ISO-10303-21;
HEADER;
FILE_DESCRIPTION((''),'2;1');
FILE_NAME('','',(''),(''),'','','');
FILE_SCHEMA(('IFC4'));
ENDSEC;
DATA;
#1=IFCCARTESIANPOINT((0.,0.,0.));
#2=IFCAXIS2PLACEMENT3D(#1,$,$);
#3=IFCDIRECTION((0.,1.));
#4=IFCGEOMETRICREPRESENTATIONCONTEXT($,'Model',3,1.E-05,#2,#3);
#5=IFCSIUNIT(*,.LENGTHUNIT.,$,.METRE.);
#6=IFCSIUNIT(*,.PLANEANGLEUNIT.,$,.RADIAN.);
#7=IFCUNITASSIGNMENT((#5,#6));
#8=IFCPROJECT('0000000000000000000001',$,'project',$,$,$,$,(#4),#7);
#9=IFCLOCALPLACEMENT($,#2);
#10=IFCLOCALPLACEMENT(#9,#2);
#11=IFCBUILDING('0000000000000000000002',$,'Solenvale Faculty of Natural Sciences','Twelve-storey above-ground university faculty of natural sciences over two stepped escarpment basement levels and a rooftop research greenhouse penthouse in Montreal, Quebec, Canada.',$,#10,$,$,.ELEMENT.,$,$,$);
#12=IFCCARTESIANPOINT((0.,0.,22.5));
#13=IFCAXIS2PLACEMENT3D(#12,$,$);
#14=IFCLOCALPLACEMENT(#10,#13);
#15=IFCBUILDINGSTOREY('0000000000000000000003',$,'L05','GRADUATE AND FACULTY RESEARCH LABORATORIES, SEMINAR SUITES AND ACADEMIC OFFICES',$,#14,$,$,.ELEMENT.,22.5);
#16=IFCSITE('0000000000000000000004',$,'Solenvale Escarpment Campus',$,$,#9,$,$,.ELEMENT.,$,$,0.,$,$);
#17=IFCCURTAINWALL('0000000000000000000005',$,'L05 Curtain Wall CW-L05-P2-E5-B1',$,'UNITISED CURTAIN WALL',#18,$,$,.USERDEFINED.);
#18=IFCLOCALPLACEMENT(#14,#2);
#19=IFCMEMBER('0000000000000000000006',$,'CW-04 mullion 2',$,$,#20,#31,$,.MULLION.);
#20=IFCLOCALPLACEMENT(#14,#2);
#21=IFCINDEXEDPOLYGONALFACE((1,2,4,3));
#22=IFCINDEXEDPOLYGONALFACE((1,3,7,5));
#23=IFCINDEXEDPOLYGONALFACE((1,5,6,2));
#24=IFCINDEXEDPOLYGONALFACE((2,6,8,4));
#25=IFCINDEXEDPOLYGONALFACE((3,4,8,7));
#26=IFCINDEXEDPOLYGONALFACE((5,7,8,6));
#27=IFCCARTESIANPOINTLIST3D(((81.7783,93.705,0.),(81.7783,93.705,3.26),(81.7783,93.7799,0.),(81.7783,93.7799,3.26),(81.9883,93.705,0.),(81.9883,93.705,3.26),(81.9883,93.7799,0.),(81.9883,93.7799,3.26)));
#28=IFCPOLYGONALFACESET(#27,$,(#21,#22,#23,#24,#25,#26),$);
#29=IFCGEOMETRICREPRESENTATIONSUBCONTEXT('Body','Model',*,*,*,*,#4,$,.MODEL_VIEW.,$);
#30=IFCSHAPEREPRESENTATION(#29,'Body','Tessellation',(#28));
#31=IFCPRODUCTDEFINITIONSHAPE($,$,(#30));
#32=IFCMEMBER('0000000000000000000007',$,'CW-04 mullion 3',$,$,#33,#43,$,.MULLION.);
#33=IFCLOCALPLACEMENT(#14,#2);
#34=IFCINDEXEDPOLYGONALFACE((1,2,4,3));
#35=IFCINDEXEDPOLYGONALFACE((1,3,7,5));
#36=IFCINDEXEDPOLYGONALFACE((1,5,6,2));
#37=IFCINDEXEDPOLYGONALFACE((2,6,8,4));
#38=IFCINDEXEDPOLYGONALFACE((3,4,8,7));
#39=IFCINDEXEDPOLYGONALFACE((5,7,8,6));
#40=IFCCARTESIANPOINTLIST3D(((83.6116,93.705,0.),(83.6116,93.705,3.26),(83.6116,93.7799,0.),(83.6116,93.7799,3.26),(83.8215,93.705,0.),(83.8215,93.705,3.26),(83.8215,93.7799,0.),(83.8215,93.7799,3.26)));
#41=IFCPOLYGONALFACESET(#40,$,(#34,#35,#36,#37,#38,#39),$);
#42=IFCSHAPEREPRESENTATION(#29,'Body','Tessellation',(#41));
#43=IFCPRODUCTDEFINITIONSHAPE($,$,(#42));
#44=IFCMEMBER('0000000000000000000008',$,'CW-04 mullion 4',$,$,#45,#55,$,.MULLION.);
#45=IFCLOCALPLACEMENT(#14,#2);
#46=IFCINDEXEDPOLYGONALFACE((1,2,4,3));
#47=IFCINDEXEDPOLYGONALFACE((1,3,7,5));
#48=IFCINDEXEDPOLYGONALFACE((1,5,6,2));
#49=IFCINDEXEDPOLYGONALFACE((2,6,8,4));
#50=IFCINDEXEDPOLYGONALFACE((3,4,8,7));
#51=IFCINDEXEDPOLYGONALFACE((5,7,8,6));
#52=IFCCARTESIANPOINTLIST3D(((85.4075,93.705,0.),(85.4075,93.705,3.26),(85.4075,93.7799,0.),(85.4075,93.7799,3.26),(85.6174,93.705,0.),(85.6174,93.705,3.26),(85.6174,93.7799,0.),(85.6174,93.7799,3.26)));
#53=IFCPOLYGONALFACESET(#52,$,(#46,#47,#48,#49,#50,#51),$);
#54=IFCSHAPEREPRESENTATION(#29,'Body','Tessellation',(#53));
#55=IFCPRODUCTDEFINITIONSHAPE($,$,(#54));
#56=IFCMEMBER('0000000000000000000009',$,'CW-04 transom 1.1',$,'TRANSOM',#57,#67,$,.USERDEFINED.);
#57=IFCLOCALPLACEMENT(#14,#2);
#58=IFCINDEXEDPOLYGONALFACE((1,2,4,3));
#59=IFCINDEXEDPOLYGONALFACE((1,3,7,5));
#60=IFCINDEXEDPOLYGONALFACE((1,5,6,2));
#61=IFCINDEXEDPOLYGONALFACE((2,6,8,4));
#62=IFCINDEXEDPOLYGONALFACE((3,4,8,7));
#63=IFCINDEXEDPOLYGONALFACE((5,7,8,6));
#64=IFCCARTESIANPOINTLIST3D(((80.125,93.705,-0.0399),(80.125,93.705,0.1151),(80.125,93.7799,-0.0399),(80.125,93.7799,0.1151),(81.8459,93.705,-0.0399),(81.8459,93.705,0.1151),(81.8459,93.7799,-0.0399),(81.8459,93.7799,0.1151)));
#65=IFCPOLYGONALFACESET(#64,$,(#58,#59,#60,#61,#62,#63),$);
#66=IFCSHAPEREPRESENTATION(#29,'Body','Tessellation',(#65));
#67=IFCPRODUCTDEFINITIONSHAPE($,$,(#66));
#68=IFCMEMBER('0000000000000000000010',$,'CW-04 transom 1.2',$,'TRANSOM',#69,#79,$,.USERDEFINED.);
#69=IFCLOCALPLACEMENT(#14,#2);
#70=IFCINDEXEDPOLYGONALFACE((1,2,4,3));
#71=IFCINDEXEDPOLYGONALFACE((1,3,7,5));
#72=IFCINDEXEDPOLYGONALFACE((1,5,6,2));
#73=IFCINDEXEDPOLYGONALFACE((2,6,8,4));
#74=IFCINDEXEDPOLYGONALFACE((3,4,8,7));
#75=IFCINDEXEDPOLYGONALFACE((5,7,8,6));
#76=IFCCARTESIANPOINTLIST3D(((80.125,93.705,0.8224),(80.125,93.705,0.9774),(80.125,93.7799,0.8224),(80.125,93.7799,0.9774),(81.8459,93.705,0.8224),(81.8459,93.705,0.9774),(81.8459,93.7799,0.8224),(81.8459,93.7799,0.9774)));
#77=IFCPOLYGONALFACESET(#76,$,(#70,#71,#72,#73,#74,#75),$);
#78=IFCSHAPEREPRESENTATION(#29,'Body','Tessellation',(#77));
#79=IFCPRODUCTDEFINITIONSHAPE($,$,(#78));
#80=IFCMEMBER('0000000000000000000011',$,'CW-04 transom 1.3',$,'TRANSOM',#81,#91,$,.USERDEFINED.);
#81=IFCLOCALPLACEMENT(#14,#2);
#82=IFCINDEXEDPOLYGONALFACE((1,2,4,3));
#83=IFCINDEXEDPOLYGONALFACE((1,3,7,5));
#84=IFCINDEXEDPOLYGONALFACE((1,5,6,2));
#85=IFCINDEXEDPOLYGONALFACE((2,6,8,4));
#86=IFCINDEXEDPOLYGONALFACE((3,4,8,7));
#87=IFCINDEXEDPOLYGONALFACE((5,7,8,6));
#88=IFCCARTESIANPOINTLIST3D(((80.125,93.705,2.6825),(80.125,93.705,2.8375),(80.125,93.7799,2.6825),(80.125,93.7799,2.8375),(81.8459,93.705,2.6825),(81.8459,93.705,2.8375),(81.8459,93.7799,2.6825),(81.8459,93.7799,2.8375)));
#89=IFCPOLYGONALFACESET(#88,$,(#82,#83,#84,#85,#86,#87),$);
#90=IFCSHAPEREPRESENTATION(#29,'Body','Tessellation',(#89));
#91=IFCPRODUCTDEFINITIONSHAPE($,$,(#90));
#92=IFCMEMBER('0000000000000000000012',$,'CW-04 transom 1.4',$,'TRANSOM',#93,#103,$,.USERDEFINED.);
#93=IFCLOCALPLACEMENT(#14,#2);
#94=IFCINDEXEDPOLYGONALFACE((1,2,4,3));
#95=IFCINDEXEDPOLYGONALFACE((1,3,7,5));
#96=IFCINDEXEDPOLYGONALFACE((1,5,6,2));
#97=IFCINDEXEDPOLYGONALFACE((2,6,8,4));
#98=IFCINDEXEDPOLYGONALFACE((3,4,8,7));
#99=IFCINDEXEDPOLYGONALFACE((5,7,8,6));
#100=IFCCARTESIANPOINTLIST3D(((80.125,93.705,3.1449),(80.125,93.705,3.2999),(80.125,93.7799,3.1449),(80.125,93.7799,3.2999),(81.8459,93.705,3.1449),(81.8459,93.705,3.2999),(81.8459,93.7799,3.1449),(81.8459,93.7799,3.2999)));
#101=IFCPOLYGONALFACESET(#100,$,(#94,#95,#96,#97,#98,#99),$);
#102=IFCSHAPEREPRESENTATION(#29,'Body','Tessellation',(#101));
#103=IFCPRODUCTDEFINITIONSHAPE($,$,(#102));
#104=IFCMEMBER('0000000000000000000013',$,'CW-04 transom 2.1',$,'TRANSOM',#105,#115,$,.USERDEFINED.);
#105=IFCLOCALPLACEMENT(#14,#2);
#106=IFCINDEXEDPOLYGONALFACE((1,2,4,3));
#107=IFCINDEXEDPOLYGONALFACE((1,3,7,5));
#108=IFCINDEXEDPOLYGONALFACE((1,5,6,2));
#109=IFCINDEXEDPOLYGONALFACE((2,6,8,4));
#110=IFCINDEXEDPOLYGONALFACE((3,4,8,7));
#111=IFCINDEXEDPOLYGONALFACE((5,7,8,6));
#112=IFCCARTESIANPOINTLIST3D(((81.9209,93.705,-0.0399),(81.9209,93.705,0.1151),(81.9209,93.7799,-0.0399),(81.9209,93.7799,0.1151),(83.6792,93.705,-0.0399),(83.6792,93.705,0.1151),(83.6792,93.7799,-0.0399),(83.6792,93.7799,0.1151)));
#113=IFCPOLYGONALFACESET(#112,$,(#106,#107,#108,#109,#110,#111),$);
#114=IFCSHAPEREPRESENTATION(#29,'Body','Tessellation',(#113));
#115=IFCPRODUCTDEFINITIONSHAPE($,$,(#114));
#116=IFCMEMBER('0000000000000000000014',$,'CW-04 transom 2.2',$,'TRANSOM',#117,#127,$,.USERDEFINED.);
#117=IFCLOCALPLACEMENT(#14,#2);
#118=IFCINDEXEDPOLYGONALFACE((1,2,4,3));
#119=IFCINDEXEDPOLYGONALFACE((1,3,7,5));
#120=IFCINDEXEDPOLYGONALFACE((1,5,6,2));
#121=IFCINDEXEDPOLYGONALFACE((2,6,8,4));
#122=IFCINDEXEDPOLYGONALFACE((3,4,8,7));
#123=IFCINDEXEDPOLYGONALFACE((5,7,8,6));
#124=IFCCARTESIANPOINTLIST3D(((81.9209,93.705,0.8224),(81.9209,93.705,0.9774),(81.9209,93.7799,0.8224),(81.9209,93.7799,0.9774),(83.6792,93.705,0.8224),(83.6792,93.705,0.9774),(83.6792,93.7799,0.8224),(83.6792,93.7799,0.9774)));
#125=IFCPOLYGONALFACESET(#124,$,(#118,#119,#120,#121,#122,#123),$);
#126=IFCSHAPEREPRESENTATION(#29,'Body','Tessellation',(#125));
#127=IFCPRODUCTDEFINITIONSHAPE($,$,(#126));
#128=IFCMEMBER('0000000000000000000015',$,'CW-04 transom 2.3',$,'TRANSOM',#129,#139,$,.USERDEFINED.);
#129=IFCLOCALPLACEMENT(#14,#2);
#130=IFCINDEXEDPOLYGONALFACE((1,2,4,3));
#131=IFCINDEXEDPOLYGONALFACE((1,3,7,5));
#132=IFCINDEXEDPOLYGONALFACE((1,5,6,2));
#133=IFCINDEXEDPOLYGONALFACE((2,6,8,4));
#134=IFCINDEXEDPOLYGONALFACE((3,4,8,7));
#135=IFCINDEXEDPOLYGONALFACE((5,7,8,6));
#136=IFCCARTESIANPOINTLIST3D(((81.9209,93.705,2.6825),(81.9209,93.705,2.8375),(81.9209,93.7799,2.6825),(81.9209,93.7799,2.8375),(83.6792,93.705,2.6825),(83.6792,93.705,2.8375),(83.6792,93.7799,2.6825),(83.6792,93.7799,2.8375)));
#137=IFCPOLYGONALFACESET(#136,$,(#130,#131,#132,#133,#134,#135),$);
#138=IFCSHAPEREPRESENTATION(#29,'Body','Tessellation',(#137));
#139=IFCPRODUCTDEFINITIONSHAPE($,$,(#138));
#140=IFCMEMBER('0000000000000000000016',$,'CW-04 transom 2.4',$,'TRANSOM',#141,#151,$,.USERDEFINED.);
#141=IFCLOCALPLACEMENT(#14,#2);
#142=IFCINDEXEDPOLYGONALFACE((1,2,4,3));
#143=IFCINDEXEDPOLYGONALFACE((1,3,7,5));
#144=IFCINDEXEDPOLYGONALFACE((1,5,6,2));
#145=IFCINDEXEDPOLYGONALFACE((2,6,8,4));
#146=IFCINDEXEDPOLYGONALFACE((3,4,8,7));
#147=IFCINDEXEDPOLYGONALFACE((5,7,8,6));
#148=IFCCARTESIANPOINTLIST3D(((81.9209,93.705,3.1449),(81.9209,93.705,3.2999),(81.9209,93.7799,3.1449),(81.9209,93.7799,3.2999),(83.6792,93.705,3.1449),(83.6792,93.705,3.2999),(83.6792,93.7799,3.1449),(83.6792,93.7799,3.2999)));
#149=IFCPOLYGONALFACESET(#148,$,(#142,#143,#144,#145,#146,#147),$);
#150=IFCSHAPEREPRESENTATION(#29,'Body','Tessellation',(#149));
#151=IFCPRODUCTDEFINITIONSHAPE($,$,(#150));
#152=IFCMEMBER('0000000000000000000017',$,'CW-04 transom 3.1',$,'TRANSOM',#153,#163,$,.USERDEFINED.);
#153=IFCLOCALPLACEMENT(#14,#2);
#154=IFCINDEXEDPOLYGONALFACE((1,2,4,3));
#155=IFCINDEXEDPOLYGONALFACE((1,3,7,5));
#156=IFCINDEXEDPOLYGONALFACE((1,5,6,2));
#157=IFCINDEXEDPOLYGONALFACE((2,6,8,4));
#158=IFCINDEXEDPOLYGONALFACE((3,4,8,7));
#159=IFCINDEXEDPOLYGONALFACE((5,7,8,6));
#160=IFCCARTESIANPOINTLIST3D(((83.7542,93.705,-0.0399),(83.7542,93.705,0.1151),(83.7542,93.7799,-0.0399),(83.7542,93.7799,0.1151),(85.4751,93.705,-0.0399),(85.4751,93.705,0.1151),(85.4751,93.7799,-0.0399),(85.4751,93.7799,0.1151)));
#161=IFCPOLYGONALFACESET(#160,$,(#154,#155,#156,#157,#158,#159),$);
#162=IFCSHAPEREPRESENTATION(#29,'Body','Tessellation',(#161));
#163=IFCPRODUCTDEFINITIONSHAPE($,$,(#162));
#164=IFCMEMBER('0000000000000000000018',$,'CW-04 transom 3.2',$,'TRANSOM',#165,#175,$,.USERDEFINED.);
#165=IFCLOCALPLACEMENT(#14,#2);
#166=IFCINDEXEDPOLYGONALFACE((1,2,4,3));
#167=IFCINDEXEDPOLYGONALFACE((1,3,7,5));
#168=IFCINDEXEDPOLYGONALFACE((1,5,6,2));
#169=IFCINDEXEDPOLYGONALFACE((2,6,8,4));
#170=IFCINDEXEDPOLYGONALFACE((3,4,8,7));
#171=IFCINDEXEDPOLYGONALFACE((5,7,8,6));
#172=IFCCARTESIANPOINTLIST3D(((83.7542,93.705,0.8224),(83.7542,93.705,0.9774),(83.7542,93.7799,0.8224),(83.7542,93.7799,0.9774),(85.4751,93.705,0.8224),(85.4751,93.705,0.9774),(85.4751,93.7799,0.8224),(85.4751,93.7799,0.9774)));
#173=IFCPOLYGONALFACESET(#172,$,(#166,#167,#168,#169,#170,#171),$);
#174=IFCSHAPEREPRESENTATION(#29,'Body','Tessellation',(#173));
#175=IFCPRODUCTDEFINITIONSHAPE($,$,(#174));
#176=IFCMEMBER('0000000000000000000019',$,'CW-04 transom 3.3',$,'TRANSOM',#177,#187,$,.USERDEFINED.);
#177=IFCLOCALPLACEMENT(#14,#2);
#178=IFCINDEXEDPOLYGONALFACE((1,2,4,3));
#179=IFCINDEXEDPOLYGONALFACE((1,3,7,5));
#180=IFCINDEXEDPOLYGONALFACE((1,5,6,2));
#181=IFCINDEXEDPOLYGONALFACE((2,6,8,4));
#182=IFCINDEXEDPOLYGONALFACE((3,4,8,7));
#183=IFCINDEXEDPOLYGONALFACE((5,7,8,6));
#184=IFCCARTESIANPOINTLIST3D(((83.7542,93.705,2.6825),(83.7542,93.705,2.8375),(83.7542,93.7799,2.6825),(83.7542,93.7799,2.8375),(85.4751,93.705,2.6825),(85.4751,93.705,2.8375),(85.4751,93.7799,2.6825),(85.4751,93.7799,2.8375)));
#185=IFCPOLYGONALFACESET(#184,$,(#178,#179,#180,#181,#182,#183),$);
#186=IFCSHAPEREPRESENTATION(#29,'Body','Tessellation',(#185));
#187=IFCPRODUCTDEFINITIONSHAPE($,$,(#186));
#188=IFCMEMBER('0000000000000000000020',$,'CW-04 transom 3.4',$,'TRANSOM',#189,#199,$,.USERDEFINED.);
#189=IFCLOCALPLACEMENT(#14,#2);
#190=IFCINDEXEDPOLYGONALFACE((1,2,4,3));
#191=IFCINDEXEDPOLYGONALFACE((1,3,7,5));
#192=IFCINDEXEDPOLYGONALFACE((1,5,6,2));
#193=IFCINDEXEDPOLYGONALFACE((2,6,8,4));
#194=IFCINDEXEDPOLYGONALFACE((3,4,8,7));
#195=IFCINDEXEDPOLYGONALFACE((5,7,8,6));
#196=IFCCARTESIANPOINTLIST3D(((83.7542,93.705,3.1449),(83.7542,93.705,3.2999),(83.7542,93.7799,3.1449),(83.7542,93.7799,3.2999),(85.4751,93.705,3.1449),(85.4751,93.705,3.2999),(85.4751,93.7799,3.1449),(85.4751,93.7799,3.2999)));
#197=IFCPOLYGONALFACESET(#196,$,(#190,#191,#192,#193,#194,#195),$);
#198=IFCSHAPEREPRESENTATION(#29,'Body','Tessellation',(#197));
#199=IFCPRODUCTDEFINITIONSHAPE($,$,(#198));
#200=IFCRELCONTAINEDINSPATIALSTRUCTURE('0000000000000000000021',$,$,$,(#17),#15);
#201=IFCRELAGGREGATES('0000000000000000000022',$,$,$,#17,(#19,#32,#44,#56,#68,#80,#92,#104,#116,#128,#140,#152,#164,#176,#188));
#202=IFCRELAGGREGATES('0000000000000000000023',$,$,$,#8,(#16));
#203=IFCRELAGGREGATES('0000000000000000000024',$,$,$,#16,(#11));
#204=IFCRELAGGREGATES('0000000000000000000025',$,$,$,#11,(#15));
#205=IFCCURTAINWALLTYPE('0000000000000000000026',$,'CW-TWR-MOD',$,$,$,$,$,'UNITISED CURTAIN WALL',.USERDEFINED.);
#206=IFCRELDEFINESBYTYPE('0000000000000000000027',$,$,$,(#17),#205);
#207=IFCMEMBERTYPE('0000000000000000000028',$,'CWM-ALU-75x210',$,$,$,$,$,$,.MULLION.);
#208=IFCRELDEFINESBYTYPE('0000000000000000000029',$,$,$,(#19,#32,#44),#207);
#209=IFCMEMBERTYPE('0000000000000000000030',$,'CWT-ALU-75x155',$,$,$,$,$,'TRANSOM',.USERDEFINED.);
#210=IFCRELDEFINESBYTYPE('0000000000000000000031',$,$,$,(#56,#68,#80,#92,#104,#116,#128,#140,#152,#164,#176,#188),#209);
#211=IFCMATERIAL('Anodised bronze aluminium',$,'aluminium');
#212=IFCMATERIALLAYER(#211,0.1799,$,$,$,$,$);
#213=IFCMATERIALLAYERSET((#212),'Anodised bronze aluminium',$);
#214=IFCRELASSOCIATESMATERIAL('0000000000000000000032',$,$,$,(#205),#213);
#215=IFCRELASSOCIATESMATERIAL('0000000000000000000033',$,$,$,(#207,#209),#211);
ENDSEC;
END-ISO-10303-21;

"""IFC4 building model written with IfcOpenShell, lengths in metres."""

from ifc_helpers import new_model, si_unit, direction, frame, origin, origin_2d, place, context, subcontext, project, spatial, rectangle, extrude, material, layer, layer_set, material_profile, profile_set, type_object, element, aggregate, save


model = new_model("IFC4")

# Units and contexts
model_context = context("Model", 3, precision=1e-05, world=origin(), true_north=direction((0.0, 1.0)))
body_context = subcontext(model_context, "Body", "Model", "MODEL_VIEW")
ifc_project = project(units=[si_unit("LENGTHUNIT", "METRE"), si_unit("PLANEANGLEUNIT", "RADIAN")], contexts=[model_context])

# Site, building, storey
site_placement = place(None, origin())
site = spatial("IfcSite", under=ifc_project, at=site_placement, Name="Solenvale Escarpment Campus", CompositionType="ELEMENT", RefElevation=0.0)
building_placement = place(site_placement, origin())
building = spatial("IfcBuilding", under=site, at=building_placement, Name="Solenvale Faculty of Natural Sciences", Description="Twelve-storey above-ground university faculty of natural sciences over two stepped escarpment basement levels and a rooftop research greenhouse penthouse in Montreal, Quebec, Canada.", CompositionType="ELEMENT")
storey_placement = place(building_placement, frame((0.0, 0.0, 22.5)))
storey = spatial("IfcBuildingStorey", under=building, at=storey_placement, Name="L05", Description="GRADUATE AND FACULTY RESEARCH LABORATORIES, SEMINAR SUITES AND ACADEMIC OFFICES", CompositionType="ELEMENT", Elevation=22.5)

# Curtain wall, members
ifc_material_1 = material(Name="Anodised bronze aluminium", Category="aluminium")
ifc_layer_1 = layer(ifc_material_1, 0.1799)
ifc_layer_set_1 = layer_set([ifc_layer_1], Name="Anodised bronze aluminium")
curtain_wall_type = type_object("IfcCurtainWallType", Name="CW-TWR-MOD", ElementType="UNITISED CURTAIN WALL", PredefinedType="USERDEFINED", material=ifc_layer_set_1)
curtain_wall_placement = place(storey_placement, origin())
curtain_wall = element("IfcCurtainWall", 1, at=curtain_wall_placement, inside=storey, type_object=curtain_wall_type, Name="L05 Curtain Wall CW-L05-P2-E5-B1", ObjectType="UNITISED CURTAIN WALL", PredefinedType="USERDEFINED")
ifc_material_profile_1 = material_profile(ifc_material_1, rectangle(XDim=0.075, YDim=0.21, at=origin_2d()), Name="ALU-MUL-75x210")
ifc_profile_set_1 = profile_set([ifc_material_profile_1], Name="Anodised bronze aluminium")
member_type_1 = type_object("IfcMemberType", Name="CWM-ALU-75x210", PredefinedType="MULLION", material=ifc_profile_set_1)
member_1_placement = place(storey_placement, frame((81.8833, 93.7424, 0.0), z_axis=(0.0, 0.0, 1.0), x_axis=(0.0, 1.0, 0.0)))
member_1 = element("IfcMember", 2, at=member_1_placement, type_object=member_type_1, Name="CW-04 mullion 2", PredefinedType="MULLION", context=body_context, shape_type="SweptSolid", body=[
    extrude(rectangle(XDim=0.075, YDim=0.21, at=origin_2d()), origin(), (0.0, 0.0, 1.0), 3.26),
])
member_2_placement = place(storey_placement, frame((83.7166, 93.7424, 0.0), z_axis=(0.0, 0.0, 1.0), x_axis=(0.0, 1.0, 0.0)))
member_2 = element("IfcMember", 3, at=member_2_placement, type_object=member_type_1, Name="CW-04 mullion 3", PredefinedType="MULLION", context=body_context, shape_type="SweptSolid", body=[
    extrude(rectangle(XDim=0.075, YDim=0.21, at=origin_2d()), origin(), (0.0, 0.0, 1.0), 3.26),
])
member_3_placement = place(storey_placement, frame((85.5125, 93.7424, 0.0), z_axis=(0.0, 0.0, 1.0), x_axis=(0.0, 1.0, 0.0)))
member_3 = element("IfcMember", 4, at=member_3_placement, type_object=member_type_1, Name="CW-04 mullion 4", PredefinedType="MULLION", context=body_context, shape_type="SweptSolid", body=[
    extrude(rectangle(XDim=0.075, YDim=0.21, at=origin_2d()), origin(), (0.0, 0.0, 1.0), 3.26),
])
ifc_material_profile_2 = material_profile(ifc_material_1, rectangle(XDim=0.075, YDim=0.155, at=origin_2d()), Name="ALU-TRN-75x155")
ifc_profile_set_2 = profile_set([ifc_material_profile_2], Name="Anodised bronze aluminium")
member_type_2 = type_object("IfcMemberType", Name="CWT-ALU-75x155", ElementType="TRANSOM", PredefinedType="USERDEFINED", material=ifc_profile_set_2)
member_4_placement = place(storey_placement, frame((80.125, 93.7424, 0.0376), z_axis=(1.0, 0.0, 0.0), x_axis=(0.0, 1.0, 0.0)))
member_4 = element("IfcMember", 5, at=member_4_placement, type_object=member_type_2, Name="CW-04 transom 1.1", ObjectType="TRANSOM", PredefinedType="USERDEFINED", context=body_context, shape_type="SweptSolid", body=[
    extrude(rectangle(XDim=0.075, YDim=0.155, at=origin_2d()), origin(), (0.0, 0.0, 1.0), 1.7209),
])
member_5_placement = place(storey_placement, frame((80.125, 93.7424, 0.8999), z_axis=(1.0, 0.0, 0.0), x_axis=(0.0, 1.0, 0.0)))
member_5 = element("IfcMember", 6, at=member_5_placement, type_object=member_type_2, Name="CW-04 transom 1.2", ObjectType="TRANSOM", PredefinedType="USERDEFINED", context=body_context, shape_type="SweptSolid", body=[
    extrude(rectangle(XDim=0.075, YDim=0.155, at=origin_2d()), origin(), (0.0, 0.0, 1.0), 1.7209),
])
member_6_placement = place(storey_placement, frame((80.125, 93.7424, 2.76), z_axis=(1.0, 0.0, 0.0), x_axis=(0.0, 1.0, 0.0)))
member_6 = element("IfcMember", 7, at=member_6_placement, type_object=member_type_2, Name="CW-04 transom 1.3", ObjectType="TRANSOM", PredefinedType="USERDEFINED", context=body_context, shape_type="SweptSolid", body=[
    extrude(rectangle(XDim=0.075, YDim=0.155, at=origin_2d()), origin(), (0.0, 0.0, 1.0), 1.7209),
])
member_7_placement = place(storey_placement, frame((80.125, 93.7424, 3.2224), z_axis=(1.0, 0.0, 0.0), x_axis=(0.0, 1.0, 0.0)))
member_7 = element("IfcMember", 8, at=member_7_placement, type_object=member_type_2, Name="CW-04 transom 1.4", ObjectType="TRANSOM", PredefinedType="USERDEFINED", context=body_context, shape_type="SweptSolid", body=[
    extrude(rectangle(XDim=0.075, YDim=0.155, at=origin_2d()), origin(), (0.0, 0.0, 1.0), 1.7209),
])
member_8_placement = place(storey_placement, frame((81.9209, 93.7424, 0.0376), z_axis=(1.0, 0.0, 0.0), x_axis=(0.0, 1.0, 0.0)))
member_8 = element("IfcMember", 9, at=member_8_placement, type_object=member_type_2, Name="CW-04 transom 2.1", ObjectType="TRANSOM", PredefinedType="USERDEFINED", context=body_context, shape_type="SweptSolid", body=[
    extrude(rectangle(XDim=0.075, YDim=0.155, at=origin_2d()), origin(), (0.0, 0.0, 1.0), 1.7583),
])
member_9_placement = place(storey_placement, frame((81.9209, 93.7424, 0.8999), z_axis=(1.0, 0.0, 0.0), x_axis=(0.0, 1.0, 0.0)))
member_9 = element("IfcMember", 10, at=member_9_placement, type_object=member_type_2, Name="CW-04 transom 2.2", ObjectType="TRANSOM", PredefinedType="USERDEFINED", context=body_context, shape_type="SweptSolid", body=[
    extrude(rectangle(XDim=0.075, YDim=0.155, at=origin_2d()), origin(), (0.0, 0.0, 1.0), 1.7583),
])
member_10_placement = place(storey_placement, frame((81.9209, 93.7424, 2.76), z_axis=(1.0, 0.0, 0.0), x_axis=(0.0, 1.0, 0.0)))
member_10 = element("IfcMember", 11, at=member_10_placement, type_object=member_type_2, Name="CW-04 transom 2.3", ObjectType="TRANSOM", PredefinedType="USERDEFINED", context=body_context, shape_type="SweptSolid", body=[
    extrude(rectangle(XDim=0.075, YDim=0.155, at=origin_2d()), origin(), (0.0, 0.0, 1.0), 1.7583),
])
member_11_placement = place(storey_placement, frame((81.9209, 93.7424, 3.2224), z_axis=(1.0, 0.0, 0.0), x_axis=(0.0, 1.0, 0.0)))
member_11 = element("IfcMember", 12, at=member_11_placement, type_object=member_type_2, Name="CW-04 transom 2.4", ObjectType="TRANSOM", PredefinedType="USERDEFINED", context=body_context, shape_type="SweptSolid", body=[
    extrude(rectangle(XDim=0.075, YDim=0.155, at=origin_2d()), origin(), (0.0, 0.0, 1.0), 1.7583),
])
member_12_placement = place(storey_placement, frame((83.7542, 93.7424, 0.0376), z_axis=(1.0, 0.0, 0.0), x_axis=(0.0, 1.0, 0.0)))
member_12 = element("IfcMember", 13, at=member_12_placement, type_object=member_type_2, Name="CW-04 transom 3.1", ObjectType="TRANSOM", PredefinedType="USERDEFINED", context=body_context, shape_type="SweptSolid", body=[
    extrude(rectangle(XDim=0.075, YDim=0.155, at=origin_2d()), origin(), (0.0, 0.0, 1.0), 1.7209),
])
member_13_placement = place(storey_placement, frame((83.7542, 93.7424, 0.8999), z_axis=(1.0, 0.0, 0.0), x_axis=(0.0, 1.0, 0.0)))
member_13 = element("IfcMember", 14, at=member_13_placement, type_object=member_type_2, Name="CW-04 transom 3.2", ObjectType="TRANSOM", PredefinedType="USERDEFINED", context=body_context, shape_type="SweptSolid", body=[
    extrude(rectangle(XDim=0.075, YDim=0.155, at=origin_2d()), origin(), (0.0, 0.0, 1.0), 1.7209),
])
member_14_placement = place(storey_placement, frame((83.7542, 93.7424, 2.76), z_axis=(1.0, 0.0, 0.0), x_axis=(0.0, 1.0, 0.0)))
member_14 = element("IfcMember", 15, at=member_14_placement, type_object=member_type_2, Name="CW-04 transom 3.3", ObjectType="TRANSOM", PredefinedType="USERDEFINED", context=body_context, shape_type="SweptSolid", body=[
    extrude(rectangle(XDim=0.075, YDim=0.155, at=origin_2d()), origin(), (0.0, 0.0, 1.0), 1.7209),
])
member_15_placement = place(storey_placement, frame((83.7542, 93.7424, 3.2224), z_axis=(1.0, 0.0, 0.0), x_axis=(0.0, 1.0, 0.0)))
member_15 = element("IfcMember", 16, at=member_15_placement, type_object=member_type_2, Name="CW-04 transom 3.4", ObjectType="TRANSOM", PredefinedType="USERDEFINED", context=body_context, shape_type="SweptSolid", body=[
    extrude(rectangle(XDim=0.075, YDim=0.155, at=origin_2d()), origin(), (0.0, 0.0, 1.0), 1.7209),
])

aggregate(curtain_wall, [member_1, member_2, member_3, member_4, member_5, member_6, member_7, member_8, member_9, member_10, member_11, member_12, member_13, member_14, member_15])

save(model, "model.ifc")
